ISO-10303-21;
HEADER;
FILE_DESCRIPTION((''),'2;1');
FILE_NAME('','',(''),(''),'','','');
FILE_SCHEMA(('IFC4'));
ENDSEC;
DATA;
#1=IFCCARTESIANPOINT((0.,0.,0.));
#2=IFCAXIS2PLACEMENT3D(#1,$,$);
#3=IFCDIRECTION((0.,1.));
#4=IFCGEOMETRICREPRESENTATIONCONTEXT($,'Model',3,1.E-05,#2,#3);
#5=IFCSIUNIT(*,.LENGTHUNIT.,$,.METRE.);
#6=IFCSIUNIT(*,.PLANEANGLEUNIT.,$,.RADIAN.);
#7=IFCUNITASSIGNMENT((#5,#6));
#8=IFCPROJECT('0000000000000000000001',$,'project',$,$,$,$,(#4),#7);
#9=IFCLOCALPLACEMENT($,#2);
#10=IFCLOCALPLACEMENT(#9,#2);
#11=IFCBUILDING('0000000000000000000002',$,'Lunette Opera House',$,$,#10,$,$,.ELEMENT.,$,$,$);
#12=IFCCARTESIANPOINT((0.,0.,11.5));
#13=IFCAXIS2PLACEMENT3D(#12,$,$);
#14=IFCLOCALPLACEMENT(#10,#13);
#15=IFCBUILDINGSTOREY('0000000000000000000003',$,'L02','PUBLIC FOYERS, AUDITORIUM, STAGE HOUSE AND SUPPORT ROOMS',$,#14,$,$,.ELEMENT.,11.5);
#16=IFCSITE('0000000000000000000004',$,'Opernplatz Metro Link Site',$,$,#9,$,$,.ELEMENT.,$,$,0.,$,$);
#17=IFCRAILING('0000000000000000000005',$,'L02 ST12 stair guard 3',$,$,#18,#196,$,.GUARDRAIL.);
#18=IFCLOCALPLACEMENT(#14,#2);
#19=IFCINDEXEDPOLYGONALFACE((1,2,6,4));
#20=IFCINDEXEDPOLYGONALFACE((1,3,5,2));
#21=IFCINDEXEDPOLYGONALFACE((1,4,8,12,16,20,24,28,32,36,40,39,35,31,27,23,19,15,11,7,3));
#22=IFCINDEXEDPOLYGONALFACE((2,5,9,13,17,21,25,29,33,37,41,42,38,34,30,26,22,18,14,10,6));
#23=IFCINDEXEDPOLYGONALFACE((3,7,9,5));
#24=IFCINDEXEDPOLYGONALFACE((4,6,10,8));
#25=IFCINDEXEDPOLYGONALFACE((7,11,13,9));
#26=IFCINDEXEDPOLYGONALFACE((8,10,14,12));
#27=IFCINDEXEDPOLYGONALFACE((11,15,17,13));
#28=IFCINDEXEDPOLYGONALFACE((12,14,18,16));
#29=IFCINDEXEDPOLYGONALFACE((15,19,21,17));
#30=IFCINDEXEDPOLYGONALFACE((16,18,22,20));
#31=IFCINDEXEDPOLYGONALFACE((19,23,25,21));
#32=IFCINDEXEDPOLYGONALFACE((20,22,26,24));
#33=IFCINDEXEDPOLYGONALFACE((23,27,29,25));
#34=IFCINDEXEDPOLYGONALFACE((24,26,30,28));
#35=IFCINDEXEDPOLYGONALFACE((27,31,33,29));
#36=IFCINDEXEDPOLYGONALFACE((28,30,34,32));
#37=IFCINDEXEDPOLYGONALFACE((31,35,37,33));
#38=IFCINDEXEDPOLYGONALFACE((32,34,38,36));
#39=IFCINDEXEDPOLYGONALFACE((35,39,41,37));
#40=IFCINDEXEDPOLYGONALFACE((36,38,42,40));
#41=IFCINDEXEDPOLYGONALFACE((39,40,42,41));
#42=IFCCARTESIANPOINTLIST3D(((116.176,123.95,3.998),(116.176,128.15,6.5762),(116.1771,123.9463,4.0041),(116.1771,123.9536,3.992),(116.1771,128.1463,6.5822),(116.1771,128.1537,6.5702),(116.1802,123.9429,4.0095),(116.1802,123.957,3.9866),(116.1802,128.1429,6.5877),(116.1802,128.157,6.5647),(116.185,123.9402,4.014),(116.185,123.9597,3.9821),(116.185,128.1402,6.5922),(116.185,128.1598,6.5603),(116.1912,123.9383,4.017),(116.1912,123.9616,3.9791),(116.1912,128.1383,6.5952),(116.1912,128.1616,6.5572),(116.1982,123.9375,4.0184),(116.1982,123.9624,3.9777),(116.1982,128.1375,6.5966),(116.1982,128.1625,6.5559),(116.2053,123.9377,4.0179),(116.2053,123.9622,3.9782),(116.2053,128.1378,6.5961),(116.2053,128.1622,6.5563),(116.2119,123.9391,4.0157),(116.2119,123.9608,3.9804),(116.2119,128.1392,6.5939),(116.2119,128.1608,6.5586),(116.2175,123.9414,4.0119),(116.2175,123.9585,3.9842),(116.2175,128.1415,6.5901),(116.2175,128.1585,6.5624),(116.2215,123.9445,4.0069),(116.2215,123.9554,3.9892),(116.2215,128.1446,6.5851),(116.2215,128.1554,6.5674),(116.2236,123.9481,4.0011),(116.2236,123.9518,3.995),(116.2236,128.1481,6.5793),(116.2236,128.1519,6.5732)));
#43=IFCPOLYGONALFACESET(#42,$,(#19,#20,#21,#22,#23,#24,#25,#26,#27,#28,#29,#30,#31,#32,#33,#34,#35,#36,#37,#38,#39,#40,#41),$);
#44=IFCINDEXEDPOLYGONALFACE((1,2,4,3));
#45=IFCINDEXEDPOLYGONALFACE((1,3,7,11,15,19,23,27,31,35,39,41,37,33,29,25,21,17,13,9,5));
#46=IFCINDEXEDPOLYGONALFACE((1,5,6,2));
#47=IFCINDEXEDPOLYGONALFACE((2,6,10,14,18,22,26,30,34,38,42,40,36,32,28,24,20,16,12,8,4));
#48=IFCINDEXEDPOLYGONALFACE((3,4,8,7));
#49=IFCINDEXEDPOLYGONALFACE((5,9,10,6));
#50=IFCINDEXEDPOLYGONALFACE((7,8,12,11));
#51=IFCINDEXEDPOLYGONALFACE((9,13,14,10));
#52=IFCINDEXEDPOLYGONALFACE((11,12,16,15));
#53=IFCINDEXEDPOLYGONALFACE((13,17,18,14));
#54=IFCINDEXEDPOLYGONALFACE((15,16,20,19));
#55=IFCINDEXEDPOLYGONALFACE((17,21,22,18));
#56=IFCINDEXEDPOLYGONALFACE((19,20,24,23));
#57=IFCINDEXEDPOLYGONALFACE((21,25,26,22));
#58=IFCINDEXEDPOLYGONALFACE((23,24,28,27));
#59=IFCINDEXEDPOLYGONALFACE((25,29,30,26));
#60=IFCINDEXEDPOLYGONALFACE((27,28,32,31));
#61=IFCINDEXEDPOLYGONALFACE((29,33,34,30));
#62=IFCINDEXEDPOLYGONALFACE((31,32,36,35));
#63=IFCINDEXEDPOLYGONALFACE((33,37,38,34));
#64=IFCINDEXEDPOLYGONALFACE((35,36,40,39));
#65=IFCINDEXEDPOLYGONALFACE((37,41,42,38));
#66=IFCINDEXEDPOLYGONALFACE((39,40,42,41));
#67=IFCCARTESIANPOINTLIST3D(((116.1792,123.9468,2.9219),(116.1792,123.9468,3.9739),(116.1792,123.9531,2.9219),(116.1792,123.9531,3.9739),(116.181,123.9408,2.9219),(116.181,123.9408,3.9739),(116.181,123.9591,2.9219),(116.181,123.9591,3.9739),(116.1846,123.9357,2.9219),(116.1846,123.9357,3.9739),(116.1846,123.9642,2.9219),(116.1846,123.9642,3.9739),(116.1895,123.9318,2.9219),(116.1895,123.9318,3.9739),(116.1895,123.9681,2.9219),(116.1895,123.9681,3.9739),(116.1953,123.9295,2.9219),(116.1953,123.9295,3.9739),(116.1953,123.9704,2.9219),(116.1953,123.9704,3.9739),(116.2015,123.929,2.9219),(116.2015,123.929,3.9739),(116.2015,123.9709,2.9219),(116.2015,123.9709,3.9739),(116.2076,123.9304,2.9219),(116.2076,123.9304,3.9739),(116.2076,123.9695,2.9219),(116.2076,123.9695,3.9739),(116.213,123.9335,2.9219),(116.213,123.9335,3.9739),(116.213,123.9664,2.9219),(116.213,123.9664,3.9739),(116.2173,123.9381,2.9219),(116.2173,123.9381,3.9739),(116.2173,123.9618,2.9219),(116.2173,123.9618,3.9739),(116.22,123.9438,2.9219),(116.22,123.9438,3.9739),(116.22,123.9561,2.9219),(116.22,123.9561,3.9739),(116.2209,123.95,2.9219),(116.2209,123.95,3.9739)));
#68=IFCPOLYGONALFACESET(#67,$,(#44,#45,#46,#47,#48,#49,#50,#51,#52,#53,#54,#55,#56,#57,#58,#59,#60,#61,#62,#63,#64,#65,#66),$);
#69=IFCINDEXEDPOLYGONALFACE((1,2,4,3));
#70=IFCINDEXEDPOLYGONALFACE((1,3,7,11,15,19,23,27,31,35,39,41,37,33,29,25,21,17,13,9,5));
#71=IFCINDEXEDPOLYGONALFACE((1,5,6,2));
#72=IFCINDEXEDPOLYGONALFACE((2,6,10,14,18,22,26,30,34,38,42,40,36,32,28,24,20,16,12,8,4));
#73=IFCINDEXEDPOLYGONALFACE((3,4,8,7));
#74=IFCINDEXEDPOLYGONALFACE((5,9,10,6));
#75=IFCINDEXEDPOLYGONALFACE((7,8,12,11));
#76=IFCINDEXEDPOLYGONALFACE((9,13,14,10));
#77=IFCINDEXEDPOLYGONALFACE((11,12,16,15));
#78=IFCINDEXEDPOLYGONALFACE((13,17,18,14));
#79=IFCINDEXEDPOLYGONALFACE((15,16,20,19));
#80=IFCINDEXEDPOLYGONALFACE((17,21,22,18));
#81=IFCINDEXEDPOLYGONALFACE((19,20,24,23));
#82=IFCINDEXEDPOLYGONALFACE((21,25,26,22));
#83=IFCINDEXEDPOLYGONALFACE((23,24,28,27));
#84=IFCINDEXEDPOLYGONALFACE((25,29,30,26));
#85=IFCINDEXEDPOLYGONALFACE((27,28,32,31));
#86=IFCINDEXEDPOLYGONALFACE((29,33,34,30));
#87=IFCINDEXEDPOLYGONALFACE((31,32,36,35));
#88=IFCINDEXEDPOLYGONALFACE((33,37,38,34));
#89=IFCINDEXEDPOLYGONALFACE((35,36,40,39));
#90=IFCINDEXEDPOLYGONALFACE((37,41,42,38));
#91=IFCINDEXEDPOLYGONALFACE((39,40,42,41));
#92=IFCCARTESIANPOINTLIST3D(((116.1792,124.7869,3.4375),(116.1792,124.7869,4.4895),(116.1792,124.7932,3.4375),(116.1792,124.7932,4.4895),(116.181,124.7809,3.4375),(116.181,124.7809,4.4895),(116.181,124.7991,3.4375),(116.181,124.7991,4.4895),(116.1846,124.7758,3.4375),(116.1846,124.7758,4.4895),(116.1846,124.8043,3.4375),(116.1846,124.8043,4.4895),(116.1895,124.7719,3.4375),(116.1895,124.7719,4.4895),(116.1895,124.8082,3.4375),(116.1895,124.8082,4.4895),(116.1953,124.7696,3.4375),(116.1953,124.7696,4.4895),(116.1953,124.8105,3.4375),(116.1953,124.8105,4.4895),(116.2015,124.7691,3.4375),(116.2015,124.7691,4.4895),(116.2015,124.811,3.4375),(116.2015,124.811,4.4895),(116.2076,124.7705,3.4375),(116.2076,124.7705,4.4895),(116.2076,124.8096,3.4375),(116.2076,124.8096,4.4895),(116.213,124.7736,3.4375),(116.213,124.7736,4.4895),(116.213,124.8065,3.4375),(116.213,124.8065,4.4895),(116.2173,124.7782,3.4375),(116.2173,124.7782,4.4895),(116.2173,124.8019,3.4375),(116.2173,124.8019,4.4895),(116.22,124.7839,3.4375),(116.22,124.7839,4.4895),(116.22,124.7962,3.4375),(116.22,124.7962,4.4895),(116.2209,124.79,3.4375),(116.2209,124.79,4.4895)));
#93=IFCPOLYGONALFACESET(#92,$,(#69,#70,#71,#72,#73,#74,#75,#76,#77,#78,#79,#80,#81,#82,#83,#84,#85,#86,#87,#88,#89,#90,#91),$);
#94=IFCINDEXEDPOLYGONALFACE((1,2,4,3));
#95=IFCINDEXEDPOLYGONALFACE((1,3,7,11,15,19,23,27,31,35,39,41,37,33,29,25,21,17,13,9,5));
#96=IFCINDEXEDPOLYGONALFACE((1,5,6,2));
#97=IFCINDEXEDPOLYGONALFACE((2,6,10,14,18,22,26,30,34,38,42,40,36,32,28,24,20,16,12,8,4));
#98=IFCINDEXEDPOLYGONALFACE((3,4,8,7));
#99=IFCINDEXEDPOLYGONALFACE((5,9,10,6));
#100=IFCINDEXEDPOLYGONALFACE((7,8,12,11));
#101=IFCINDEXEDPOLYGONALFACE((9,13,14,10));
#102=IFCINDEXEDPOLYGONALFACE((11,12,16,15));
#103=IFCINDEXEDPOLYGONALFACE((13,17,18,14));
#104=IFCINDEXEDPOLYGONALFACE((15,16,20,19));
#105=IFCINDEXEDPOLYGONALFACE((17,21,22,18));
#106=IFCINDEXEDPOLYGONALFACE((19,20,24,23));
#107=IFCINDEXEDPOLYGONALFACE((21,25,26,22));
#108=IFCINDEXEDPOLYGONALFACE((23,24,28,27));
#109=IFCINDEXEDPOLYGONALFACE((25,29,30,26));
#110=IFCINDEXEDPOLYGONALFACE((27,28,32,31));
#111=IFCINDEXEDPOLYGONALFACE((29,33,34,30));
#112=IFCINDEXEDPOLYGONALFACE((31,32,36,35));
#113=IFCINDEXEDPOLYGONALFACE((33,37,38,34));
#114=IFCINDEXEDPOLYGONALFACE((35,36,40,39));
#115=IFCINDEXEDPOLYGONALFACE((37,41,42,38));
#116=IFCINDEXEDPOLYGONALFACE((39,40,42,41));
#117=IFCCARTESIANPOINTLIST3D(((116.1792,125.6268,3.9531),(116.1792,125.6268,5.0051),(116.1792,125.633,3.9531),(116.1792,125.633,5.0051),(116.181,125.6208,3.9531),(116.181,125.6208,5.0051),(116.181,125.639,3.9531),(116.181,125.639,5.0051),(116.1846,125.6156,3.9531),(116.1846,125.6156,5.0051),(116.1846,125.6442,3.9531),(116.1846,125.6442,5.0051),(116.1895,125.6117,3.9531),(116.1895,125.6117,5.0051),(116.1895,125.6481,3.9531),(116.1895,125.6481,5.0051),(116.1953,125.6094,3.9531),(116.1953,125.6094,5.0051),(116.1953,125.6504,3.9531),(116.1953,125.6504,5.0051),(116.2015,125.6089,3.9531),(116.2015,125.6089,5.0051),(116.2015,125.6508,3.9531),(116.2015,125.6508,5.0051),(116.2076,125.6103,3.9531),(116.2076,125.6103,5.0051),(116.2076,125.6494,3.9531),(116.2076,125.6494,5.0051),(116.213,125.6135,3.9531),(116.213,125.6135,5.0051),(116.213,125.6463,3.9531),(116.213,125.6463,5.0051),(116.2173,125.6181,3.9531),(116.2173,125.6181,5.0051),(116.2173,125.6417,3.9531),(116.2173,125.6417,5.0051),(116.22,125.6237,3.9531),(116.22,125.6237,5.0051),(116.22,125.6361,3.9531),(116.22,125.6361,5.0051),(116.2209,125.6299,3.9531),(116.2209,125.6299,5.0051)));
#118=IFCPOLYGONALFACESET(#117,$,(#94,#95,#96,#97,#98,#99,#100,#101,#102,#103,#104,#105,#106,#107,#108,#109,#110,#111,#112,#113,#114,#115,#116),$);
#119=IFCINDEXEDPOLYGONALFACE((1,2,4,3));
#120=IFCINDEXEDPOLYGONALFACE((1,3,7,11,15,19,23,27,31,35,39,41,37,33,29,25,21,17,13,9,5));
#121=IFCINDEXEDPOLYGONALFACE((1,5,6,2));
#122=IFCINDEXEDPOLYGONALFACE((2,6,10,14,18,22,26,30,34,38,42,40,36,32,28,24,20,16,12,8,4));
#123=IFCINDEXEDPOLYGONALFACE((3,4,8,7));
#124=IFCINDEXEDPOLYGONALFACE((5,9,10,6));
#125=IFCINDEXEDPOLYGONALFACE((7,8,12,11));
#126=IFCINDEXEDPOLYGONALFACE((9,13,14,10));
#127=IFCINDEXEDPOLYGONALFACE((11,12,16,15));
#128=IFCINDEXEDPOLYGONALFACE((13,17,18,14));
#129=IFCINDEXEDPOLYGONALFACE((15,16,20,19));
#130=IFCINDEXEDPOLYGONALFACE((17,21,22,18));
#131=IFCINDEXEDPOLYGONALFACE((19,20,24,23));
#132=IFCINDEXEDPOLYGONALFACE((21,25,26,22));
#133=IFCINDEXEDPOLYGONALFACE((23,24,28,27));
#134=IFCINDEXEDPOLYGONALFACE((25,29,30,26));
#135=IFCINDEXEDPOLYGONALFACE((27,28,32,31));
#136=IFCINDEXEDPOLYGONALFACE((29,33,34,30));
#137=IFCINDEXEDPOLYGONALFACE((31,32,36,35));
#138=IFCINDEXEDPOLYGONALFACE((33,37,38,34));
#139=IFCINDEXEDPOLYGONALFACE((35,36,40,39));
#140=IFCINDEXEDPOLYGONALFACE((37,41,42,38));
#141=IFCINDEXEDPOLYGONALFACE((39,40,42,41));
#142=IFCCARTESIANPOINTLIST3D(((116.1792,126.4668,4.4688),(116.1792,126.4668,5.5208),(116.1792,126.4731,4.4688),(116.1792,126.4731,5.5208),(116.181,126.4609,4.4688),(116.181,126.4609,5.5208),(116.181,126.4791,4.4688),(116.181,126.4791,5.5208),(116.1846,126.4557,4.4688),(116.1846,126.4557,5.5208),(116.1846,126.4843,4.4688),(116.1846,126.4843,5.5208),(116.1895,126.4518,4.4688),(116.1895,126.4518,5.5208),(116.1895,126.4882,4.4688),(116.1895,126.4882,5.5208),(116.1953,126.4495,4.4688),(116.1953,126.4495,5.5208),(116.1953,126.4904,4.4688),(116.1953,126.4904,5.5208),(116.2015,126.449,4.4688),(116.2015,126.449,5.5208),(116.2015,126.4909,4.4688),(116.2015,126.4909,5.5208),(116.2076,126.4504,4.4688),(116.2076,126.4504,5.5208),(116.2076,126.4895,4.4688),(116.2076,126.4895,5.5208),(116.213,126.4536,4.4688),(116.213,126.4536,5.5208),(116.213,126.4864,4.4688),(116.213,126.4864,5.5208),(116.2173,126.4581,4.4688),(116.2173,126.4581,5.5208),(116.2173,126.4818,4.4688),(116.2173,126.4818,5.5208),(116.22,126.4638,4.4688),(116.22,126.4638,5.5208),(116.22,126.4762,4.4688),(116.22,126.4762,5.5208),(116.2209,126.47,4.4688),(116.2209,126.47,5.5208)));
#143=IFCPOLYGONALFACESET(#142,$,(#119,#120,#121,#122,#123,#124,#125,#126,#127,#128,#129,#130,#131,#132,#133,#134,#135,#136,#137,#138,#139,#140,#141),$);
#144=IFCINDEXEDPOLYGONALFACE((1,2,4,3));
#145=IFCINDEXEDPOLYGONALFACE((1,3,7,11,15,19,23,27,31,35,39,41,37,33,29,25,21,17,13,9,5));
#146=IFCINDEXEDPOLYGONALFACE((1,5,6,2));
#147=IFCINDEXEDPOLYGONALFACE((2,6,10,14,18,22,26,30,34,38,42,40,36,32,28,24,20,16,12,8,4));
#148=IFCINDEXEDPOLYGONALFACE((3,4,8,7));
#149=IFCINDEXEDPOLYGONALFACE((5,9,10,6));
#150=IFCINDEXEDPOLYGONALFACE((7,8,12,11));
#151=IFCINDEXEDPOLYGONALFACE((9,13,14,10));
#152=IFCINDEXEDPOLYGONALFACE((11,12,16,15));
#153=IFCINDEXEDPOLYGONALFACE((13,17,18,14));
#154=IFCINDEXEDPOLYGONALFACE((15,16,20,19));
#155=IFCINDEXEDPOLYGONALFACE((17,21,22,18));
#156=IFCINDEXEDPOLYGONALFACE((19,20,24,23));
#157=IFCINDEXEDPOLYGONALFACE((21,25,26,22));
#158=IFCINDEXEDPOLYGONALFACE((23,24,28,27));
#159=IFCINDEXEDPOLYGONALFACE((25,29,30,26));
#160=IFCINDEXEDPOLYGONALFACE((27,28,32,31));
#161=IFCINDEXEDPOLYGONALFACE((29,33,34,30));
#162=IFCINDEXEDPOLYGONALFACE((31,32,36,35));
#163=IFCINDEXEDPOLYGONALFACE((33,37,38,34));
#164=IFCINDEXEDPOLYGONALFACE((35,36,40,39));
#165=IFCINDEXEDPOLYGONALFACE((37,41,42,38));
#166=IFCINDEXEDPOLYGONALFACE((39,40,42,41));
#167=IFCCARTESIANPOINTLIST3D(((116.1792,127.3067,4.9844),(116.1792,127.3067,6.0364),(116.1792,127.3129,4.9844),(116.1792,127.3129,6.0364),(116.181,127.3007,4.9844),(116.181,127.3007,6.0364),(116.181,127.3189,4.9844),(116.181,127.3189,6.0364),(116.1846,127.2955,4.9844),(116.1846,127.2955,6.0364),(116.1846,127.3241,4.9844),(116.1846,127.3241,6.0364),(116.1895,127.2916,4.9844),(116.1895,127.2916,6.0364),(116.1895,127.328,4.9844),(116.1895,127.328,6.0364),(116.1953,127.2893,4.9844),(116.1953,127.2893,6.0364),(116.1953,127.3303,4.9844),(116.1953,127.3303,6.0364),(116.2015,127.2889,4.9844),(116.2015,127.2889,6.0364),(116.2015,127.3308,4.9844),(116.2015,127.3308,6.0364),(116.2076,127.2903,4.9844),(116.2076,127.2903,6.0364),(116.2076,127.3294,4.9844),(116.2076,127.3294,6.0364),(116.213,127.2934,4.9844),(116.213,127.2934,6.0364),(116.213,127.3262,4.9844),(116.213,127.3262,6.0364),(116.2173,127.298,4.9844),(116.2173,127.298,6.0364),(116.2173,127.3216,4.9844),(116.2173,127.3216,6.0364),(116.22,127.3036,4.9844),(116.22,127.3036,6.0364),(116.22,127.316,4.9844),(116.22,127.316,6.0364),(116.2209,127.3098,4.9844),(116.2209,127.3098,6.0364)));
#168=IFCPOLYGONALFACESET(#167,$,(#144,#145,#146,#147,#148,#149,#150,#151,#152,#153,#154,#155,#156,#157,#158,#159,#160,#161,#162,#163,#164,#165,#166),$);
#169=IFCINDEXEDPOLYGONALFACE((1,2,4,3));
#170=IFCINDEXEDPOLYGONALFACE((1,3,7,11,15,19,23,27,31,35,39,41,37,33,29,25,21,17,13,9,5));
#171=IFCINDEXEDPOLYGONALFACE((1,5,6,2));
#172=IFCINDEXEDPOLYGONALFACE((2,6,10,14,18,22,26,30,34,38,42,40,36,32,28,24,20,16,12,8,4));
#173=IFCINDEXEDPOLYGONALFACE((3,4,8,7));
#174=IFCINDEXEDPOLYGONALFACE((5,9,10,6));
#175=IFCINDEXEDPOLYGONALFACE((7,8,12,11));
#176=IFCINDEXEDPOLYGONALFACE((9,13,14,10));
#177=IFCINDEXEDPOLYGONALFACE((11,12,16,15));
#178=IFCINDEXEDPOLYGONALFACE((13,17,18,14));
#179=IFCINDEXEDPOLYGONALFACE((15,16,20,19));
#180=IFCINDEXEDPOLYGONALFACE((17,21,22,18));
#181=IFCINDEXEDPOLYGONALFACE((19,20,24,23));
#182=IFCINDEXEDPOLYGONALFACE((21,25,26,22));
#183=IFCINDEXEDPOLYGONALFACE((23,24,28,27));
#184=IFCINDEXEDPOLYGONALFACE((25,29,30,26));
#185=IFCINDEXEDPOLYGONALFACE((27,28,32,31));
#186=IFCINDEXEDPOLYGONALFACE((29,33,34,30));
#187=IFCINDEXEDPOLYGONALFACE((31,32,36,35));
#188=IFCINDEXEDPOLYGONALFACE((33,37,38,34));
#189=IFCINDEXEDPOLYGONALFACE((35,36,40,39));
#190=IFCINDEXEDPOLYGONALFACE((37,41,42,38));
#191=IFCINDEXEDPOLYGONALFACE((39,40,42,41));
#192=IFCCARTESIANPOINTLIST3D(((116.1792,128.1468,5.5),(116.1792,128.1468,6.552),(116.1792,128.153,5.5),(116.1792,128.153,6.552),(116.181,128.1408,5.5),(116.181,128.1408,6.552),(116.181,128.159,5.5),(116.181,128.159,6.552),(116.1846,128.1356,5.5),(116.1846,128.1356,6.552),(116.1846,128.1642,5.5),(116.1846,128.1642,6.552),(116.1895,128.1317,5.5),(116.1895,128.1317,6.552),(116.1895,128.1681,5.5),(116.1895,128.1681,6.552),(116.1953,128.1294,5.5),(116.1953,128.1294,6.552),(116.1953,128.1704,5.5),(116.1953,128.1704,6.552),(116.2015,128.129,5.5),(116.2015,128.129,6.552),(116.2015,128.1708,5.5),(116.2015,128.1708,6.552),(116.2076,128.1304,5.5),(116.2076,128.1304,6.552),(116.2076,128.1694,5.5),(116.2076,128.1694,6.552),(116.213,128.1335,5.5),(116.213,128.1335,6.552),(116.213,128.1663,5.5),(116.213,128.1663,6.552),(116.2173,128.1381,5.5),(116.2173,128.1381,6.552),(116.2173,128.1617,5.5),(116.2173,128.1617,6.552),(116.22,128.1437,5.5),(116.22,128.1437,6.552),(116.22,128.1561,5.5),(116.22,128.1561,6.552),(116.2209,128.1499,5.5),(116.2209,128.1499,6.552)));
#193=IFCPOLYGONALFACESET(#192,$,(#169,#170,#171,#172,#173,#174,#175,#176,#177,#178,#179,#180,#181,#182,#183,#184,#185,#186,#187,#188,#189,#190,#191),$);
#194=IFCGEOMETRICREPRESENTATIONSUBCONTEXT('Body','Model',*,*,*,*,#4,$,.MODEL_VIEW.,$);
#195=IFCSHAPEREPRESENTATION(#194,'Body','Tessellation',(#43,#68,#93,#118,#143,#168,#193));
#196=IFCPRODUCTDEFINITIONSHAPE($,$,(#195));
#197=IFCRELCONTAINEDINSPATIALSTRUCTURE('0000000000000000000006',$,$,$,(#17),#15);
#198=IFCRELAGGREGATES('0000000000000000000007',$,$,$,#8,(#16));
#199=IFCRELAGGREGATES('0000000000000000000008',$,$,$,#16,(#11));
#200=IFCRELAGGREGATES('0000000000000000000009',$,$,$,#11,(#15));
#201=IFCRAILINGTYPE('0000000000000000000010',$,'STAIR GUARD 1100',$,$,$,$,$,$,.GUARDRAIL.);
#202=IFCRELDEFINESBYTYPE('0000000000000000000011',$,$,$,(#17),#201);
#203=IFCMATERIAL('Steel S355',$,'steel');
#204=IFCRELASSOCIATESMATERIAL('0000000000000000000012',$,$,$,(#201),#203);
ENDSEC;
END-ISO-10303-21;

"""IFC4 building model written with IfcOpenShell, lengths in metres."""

from ifc_helpers import new_model, si_unit, direction, frame, origin, origin_2d, place, context, subcontext, project, spatial, circle, extrude, material, type_object, element, save


model = new_model("IFC4")

# Units and contexts
model_context = context("Model", 3, precision=1e-05, world=origin(), true_north=direction((0.0, 1.0)))
body_context = subcontext(model_context, "Body", "Model", "MODEL_VIEW")
ifc_project = project(units=[si_unit("LENGTHUNIT", "METRE"), si_unit("PLANEANGLEUNIT", "RADIAN")], contexts=[model_context])

# Site, building, storey
site_placement = place(None, origin())
site = spatial("IfcSite", under=ifc_project, at=site_placement, Name="Opernplatz Metro Link Site", CompositionType="ELEMENT", RefElevation=0.0)
building_placement = place(site_placement, origin())
building = spatial("IfcBuilding", under=site, at=building_placement, Name="Lunette Opera House", CompositionType="ELEMENT")
storey_placement = place(building_placement, frame((0.0, 0.0, 11.5)))
storey = spatial("IfcBuildingStorey", under=building, at=storey_placement, Name="L02", Description="PUBLIC FOYERS, AUDITORIUM, STAGE HOUSE AND SUPPORT ROOMS", CompositionType="ELEMENT", Elevation=11.5)

# Railing
ifc_material_1 = material(Name="Steel S355", Category="steel")
railing_type_1 = type_object("IfcRailingType", Name="STAIR GUARD 1100", PredefinedType="GUARDRAIL", material=ifc_material_1)
railing_1_placement = place(storey_placement, frame((116.2, 123.95, 2.9219)))
element("IfcRailing", 1, at=railing_1_placement, inside=storey, type_object=railing_type_1, Name="L02 ST12 stair guard 3", PredefinedType="GUARDRAIL", context=body_context, shape_type="SweptSolid", body=[
    extrude(circle(Radius=0.0239, at=origin_2d()), frame((0.0, 0.0, 1.0762), z_axis=(0.0, 0.852243, 0.523146), x_axis=(-1.0, 0.0, 0.0)), (0.0, 0.0, 1.0), 4.9282),
    extrude(circle(Radius=0.021, at=origin_2d()), origin(), (0.0, 0.0, 1.0), 1.052),
    extrude(circle(Radius=0.021, at=origin_2d()), frame((0.0, 0.8401, 0.5156)), (0.0, 0.0, 1.0), 1.052),
    extrude(circle(Radius=0.021, at=origin_2d()), frame((0.0, 1.6799, 1.0312)), (0.0, 0.0, 1.0), 1.052),
    extrude(circle(Radius=0.021, at=origin_2d()), frame((0.0, 2.52, 1.5469)), (0.0, 0.0, 1.0), 1.052),
    extrude(circle(Radius=0.021, at=origin_2d()), frame((0.0, 3.3599, 2.0625)), (0.0, 0.0, 1.0), 1.052),
    extrude(circle(Radius=0.021, at=origin_2d()), frame((0.0, 4.2, 2.5781)), (0.0, 0.0, 1.0), 1.052),
])

save(model, "model.ifc")
